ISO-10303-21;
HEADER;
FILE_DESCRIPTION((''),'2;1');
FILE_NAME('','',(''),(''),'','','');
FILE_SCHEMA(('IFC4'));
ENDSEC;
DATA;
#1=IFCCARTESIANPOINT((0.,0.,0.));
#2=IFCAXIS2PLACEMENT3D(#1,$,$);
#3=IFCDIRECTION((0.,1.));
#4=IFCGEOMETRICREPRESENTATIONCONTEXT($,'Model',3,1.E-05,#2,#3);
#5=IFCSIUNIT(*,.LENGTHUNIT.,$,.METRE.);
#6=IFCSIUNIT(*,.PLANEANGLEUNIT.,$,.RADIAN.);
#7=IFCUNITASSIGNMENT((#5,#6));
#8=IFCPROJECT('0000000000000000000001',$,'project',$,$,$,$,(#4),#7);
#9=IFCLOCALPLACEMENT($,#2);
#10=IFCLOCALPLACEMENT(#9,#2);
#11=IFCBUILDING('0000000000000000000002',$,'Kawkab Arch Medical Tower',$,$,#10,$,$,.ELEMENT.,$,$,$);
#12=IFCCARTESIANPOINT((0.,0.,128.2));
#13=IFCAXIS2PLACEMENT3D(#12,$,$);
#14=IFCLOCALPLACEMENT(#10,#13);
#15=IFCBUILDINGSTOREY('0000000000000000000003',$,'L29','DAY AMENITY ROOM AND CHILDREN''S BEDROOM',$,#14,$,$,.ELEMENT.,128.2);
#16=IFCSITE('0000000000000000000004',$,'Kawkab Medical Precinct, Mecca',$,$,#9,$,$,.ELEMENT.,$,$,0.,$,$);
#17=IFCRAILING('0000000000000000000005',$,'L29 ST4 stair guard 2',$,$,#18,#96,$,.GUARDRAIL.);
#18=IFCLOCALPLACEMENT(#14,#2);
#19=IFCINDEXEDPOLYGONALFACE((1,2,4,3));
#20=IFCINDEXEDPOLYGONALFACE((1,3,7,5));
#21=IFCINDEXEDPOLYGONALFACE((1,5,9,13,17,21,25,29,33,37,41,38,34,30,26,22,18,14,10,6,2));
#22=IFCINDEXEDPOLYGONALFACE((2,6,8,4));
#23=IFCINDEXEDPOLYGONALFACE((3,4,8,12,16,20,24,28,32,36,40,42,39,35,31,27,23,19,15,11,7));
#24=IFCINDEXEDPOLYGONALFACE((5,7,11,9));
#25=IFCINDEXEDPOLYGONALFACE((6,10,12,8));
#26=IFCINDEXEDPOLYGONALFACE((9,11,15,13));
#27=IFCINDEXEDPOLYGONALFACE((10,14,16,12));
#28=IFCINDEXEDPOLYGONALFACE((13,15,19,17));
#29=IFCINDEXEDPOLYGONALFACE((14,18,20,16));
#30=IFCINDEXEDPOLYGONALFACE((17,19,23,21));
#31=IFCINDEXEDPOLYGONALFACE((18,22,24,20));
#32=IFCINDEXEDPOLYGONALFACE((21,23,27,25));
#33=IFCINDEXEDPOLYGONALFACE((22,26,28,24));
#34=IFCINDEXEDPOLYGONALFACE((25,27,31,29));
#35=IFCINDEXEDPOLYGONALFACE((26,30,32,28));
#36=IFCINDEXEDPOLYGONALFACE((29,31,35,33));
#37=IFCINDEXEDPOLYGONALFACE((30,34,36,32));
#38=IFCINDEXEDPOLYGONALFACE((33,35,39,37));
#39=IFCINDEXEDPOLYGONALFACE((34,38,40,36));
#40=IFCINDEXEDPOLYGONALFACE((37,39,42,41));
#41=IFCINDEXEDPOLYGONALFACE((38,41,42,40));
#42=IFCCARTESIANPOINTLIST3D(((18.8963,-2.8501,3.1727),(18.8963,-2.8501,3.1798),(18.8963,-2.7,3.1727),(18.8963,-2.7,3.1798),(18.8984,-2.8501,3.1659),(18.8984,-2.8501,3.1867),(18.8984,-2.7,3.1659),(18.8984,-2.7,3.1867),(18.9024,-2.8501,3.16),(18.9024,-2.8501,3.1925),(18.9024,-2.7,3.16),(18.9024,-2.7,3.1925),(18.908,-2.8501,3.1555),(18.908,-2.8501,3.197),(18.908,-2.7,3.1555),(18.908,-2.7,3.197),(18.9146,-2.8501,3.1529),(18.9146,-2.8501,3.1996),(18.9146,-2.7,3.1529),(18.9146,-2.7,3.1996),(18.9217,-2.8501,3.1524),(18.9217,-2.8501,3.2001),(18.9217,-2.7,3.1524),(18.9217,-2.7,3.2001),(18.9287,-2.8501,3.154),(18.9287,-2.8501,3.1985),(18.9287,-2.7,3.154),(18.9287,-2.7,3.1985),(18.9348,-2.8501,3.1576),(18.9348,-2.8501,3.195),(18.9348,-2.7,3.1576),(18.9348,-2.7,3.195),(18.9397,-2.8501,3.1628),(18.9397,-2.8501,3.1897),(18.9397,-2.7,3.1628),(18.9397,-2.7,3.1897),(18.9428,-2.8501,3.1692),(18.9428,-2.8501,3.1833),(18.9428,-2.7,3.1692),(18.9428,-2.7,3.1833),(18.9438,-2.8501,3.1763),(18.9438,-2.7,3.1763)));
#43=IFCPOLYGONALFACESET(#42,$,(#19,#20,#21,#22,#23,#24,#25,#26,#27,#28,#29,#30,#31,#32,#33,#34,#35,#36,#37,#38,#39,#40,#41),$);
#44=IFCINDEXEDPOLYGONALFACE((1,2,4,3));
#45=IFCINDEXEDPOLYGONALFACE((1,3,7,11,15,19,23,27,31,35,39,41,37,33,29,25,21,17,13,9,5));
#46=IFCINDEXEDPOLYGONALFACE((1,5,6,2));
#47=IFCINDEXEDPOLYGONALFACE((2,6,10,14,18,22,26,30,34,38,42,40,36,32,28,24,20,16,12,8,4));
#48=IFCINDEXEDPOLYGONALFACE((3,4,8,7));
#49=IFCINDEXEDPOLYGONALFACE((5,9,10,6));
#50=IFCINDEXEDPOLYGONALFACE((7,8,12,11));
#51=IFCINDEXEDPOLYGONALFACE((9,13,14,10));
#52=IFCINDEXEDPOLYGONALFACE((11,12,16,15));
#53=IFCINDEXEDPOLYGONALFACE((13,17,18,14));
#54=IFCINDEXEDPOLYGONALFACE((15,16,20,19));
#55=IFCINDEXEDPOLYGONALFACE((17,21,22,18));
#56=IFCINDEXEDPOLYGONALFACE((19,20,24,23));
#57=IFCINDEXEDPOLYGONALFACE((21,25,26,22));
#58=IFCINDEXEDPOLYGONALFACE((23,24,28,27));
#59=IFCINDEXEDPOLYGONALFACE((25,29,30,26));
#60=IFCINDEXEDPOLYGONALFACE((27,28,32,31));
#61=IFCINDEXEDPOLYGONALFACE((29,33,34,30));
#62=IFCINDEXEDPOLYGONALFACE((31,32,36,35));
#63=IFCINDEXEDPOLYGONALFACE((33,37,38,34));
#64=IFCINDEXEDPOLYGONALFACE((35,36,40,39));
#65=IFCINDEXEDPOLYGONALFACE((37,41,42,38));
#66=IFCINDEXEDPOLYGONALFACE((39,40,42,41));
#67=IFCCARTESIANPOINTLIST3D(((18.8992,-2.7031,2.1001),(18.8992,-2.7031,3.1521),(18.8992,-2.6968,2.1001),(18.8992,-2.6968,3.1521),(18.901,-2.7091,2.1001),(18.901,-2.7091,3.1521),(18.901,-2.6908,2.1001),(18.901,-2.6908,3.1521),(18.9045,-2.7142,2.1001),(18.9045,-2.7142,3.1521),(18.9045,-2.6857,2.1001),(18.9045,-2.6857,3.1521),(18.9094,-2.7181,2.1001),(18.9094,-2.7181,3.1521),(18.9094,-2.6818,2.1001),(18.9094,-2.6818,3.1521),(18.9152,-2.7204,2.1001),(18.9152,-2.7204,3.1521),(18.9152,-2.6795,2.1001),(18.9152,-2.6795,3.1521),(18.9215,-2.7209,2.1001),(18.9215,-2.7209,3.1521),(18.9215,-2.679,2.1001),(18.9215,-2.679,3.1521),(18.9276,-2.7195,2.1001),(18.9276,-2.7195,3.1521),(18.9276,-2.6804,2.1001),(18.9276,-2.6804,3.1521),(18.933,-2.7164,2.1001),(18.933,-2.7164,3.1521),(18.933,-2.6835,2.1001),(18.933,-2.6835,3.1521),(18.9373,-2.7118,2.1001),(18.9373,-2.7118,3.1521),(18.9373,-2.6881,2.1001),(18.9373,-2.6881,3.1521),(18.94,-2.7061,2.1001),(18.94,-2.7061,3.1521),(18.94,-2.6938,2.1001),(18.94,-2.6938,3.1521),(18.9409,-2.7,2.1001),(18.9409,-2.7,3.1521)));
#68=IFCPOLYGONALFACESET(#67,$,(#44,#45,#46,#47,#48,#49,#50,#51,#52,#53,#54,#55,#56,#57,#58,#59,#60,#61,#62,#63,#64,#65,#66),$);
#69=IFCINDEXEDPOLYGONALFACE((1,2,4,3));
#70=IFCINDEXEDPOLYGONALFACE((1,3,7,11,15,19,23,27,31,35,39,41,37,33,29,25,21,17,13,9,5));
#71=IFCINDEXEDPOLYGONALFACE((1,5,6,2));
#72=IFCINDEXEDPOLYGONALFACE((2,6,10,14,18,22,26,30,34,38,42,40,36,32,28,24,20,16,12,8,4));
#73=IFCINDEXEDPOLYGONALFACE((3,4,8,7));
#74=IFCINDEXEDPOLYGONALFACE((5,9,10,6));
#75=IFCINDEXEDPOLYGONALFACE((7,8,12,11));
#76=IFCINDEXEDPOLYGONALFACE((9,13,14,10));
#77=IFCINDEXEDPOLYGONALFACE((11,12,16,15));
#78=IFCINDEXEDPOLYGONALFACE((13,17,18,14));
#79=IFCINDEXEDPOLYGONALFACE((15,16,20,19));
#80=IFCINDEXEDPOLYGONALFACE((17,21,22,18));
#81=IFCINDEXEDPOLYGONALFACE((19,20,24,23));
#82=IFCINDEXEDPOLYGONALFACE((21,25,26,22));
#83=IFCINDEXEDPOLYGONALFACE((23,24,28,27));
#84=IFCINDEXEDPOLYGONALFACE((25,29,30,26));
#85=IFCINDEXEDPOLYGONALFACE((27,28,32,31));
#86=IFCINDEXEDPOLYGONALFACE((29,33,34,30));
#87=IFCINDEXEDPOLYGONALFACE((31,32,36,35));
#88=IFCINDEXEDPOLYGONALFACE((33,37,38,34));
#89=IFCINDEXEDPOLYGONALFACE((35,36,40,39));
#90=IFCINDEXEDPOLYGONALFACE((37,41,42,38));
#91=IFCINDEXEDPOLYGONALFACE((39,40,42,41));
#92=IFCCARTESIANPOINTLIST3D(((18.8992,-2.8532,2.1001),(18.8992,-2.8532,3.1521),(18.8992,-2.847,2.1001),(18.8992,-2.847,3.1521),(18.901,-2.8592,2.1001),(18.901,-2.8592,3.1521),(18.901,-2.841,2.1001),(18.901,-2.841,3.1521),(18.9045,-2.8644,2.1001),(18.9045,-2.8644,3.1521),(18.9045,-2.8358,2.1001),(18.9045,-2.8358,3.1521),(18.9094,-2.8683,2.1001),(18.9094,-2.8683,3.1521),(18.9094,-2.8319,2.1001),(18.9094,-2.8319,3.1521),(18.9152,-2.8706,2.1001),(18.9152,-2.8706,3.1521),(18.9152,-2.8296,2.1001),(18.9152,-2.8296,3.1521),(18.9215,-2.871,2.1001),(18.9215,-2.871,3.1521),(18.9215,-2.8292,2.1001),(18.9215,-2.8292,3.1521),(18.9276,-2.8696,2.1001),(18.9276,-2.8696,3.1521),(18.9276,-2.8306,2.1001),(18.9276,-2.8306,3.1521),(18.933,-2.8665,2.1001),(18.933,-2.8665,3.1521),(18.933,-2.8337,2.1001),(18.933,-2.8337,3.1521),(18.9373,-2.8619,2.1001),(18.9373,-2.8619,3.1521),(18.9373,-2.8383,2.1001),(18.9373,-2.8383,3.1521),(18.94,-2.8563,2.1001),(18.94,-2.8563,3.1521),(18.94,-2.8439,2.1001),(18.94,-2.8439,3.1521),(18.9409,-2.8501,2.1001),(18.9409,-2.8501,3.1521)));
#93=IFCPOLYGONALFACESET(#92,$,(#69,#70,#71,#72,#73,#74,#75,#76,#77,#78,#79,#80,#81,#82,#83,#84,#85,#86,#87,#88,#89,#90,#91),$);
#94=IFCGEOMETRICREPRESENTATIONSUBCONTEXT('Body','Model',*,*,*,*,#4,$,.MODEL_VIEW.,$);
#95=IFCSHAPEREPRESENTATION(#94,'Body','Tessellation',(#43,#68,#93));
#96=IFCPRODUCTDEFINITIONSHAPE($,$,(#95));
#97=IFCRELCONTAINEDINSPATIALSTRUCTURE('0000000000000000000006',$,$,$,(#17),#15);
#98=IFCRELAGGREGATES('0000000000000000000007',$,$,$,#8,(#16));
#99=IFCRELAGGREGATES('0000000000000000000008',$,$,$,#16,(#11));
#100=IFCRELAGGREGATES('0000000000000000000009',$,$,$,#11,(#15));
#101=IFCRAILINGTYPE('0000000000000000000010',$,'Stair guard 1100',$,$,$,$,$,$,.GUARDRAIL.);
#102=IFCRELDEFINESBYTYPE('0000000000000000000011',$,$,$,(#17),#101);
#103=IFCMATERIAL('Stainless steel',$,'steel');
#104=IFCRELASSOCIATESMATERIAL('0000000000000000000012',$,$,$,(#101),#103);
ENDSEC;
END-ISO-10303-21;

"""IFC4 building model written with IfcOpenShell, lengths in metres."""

from ifc_helpers import new_model, si_unit, direction, frame, origin, origin_2d, place, context, subcontext, project, spatial, circle, extrude, material, type_object, element, save


model = new_model("IFC4")

# Units and contexts
model_context = context("Model", 3, precision=1e-05, world=origin(), true_north=direction((0.0, 1.0)))
body_context = subcontext(model_context, "Body", "Model", "MODEL_VIEW")
ifc_project = project(units=[si_unit("LENGTHUNIT", "METRE"), si_unit("PLANEANGLEUNIT", "RADIAN")], contexts=[model_context])

# Site, building, storey
site_placement = place(None, origin())
site = spatial("IfcSite", under=ifc_project, at=site_placement, Name="Kawkab Medical Precinct, Mecca", CompositionType="ELEMENT", RefElevation=0.0)
building_placement = place(site_placement, origin())
building = spatial("IfcBuilding", under=site, at=building_placement, Name="Kawkab Arch Medical Tower", CompositionType="ELEMENT")
storey_placement = place(building_placement, frame((0.0, 0.0, 128.2)))
storey = spatial("IfcBuildingStorey", under=building, at=storey_placement, Name="L29", Description="DAY AMENITY ROOM AND CHILDREN'S BEDROOM", CompositionType="ELEMENT", Elevation=128.2)

# Railing
ifc_material_1 = material(Name="Stainless steel", Category="steel")
railing_type_1 = type_object("IfcRailingType", Name="Stair guard 1100", PredefinedType="GUARDRAIL", material=ifc_material_1)
railing_1_placement = place(storey_placement, frame((18.9199, -2.7, 2.1001)))
element("IfcRailing", 1, at=railing_1_placement, inside=storey, type_object=railing_type_1, Name="L29 ST4 stair guard 2", PredefinedType="GUARDRAIL", context=body_context, shape_type="SweptSolid", body=[
    extrude(circle(Radius=0.0239, at=origin_2d()), frame((0.0, 0.0, 1.0762), z_axis=(0.0, -1.0, 0.0), x_axis=(1.0, 0.0, 0.0)), (0.0, 0.0, 1.0), 0.1501),
    extrude(circle(Radius=0.021, at=origin_2d()), origin(), (0.0, 0.0, 1.0), 1.052),
    extrude(circle(Radius=0.021, at=origin_2d()), frame((0.0, -0.1501, 0.0)), (0.0, 0.0, 1.0), 1.052),
])

save(model, "model.ifc")
